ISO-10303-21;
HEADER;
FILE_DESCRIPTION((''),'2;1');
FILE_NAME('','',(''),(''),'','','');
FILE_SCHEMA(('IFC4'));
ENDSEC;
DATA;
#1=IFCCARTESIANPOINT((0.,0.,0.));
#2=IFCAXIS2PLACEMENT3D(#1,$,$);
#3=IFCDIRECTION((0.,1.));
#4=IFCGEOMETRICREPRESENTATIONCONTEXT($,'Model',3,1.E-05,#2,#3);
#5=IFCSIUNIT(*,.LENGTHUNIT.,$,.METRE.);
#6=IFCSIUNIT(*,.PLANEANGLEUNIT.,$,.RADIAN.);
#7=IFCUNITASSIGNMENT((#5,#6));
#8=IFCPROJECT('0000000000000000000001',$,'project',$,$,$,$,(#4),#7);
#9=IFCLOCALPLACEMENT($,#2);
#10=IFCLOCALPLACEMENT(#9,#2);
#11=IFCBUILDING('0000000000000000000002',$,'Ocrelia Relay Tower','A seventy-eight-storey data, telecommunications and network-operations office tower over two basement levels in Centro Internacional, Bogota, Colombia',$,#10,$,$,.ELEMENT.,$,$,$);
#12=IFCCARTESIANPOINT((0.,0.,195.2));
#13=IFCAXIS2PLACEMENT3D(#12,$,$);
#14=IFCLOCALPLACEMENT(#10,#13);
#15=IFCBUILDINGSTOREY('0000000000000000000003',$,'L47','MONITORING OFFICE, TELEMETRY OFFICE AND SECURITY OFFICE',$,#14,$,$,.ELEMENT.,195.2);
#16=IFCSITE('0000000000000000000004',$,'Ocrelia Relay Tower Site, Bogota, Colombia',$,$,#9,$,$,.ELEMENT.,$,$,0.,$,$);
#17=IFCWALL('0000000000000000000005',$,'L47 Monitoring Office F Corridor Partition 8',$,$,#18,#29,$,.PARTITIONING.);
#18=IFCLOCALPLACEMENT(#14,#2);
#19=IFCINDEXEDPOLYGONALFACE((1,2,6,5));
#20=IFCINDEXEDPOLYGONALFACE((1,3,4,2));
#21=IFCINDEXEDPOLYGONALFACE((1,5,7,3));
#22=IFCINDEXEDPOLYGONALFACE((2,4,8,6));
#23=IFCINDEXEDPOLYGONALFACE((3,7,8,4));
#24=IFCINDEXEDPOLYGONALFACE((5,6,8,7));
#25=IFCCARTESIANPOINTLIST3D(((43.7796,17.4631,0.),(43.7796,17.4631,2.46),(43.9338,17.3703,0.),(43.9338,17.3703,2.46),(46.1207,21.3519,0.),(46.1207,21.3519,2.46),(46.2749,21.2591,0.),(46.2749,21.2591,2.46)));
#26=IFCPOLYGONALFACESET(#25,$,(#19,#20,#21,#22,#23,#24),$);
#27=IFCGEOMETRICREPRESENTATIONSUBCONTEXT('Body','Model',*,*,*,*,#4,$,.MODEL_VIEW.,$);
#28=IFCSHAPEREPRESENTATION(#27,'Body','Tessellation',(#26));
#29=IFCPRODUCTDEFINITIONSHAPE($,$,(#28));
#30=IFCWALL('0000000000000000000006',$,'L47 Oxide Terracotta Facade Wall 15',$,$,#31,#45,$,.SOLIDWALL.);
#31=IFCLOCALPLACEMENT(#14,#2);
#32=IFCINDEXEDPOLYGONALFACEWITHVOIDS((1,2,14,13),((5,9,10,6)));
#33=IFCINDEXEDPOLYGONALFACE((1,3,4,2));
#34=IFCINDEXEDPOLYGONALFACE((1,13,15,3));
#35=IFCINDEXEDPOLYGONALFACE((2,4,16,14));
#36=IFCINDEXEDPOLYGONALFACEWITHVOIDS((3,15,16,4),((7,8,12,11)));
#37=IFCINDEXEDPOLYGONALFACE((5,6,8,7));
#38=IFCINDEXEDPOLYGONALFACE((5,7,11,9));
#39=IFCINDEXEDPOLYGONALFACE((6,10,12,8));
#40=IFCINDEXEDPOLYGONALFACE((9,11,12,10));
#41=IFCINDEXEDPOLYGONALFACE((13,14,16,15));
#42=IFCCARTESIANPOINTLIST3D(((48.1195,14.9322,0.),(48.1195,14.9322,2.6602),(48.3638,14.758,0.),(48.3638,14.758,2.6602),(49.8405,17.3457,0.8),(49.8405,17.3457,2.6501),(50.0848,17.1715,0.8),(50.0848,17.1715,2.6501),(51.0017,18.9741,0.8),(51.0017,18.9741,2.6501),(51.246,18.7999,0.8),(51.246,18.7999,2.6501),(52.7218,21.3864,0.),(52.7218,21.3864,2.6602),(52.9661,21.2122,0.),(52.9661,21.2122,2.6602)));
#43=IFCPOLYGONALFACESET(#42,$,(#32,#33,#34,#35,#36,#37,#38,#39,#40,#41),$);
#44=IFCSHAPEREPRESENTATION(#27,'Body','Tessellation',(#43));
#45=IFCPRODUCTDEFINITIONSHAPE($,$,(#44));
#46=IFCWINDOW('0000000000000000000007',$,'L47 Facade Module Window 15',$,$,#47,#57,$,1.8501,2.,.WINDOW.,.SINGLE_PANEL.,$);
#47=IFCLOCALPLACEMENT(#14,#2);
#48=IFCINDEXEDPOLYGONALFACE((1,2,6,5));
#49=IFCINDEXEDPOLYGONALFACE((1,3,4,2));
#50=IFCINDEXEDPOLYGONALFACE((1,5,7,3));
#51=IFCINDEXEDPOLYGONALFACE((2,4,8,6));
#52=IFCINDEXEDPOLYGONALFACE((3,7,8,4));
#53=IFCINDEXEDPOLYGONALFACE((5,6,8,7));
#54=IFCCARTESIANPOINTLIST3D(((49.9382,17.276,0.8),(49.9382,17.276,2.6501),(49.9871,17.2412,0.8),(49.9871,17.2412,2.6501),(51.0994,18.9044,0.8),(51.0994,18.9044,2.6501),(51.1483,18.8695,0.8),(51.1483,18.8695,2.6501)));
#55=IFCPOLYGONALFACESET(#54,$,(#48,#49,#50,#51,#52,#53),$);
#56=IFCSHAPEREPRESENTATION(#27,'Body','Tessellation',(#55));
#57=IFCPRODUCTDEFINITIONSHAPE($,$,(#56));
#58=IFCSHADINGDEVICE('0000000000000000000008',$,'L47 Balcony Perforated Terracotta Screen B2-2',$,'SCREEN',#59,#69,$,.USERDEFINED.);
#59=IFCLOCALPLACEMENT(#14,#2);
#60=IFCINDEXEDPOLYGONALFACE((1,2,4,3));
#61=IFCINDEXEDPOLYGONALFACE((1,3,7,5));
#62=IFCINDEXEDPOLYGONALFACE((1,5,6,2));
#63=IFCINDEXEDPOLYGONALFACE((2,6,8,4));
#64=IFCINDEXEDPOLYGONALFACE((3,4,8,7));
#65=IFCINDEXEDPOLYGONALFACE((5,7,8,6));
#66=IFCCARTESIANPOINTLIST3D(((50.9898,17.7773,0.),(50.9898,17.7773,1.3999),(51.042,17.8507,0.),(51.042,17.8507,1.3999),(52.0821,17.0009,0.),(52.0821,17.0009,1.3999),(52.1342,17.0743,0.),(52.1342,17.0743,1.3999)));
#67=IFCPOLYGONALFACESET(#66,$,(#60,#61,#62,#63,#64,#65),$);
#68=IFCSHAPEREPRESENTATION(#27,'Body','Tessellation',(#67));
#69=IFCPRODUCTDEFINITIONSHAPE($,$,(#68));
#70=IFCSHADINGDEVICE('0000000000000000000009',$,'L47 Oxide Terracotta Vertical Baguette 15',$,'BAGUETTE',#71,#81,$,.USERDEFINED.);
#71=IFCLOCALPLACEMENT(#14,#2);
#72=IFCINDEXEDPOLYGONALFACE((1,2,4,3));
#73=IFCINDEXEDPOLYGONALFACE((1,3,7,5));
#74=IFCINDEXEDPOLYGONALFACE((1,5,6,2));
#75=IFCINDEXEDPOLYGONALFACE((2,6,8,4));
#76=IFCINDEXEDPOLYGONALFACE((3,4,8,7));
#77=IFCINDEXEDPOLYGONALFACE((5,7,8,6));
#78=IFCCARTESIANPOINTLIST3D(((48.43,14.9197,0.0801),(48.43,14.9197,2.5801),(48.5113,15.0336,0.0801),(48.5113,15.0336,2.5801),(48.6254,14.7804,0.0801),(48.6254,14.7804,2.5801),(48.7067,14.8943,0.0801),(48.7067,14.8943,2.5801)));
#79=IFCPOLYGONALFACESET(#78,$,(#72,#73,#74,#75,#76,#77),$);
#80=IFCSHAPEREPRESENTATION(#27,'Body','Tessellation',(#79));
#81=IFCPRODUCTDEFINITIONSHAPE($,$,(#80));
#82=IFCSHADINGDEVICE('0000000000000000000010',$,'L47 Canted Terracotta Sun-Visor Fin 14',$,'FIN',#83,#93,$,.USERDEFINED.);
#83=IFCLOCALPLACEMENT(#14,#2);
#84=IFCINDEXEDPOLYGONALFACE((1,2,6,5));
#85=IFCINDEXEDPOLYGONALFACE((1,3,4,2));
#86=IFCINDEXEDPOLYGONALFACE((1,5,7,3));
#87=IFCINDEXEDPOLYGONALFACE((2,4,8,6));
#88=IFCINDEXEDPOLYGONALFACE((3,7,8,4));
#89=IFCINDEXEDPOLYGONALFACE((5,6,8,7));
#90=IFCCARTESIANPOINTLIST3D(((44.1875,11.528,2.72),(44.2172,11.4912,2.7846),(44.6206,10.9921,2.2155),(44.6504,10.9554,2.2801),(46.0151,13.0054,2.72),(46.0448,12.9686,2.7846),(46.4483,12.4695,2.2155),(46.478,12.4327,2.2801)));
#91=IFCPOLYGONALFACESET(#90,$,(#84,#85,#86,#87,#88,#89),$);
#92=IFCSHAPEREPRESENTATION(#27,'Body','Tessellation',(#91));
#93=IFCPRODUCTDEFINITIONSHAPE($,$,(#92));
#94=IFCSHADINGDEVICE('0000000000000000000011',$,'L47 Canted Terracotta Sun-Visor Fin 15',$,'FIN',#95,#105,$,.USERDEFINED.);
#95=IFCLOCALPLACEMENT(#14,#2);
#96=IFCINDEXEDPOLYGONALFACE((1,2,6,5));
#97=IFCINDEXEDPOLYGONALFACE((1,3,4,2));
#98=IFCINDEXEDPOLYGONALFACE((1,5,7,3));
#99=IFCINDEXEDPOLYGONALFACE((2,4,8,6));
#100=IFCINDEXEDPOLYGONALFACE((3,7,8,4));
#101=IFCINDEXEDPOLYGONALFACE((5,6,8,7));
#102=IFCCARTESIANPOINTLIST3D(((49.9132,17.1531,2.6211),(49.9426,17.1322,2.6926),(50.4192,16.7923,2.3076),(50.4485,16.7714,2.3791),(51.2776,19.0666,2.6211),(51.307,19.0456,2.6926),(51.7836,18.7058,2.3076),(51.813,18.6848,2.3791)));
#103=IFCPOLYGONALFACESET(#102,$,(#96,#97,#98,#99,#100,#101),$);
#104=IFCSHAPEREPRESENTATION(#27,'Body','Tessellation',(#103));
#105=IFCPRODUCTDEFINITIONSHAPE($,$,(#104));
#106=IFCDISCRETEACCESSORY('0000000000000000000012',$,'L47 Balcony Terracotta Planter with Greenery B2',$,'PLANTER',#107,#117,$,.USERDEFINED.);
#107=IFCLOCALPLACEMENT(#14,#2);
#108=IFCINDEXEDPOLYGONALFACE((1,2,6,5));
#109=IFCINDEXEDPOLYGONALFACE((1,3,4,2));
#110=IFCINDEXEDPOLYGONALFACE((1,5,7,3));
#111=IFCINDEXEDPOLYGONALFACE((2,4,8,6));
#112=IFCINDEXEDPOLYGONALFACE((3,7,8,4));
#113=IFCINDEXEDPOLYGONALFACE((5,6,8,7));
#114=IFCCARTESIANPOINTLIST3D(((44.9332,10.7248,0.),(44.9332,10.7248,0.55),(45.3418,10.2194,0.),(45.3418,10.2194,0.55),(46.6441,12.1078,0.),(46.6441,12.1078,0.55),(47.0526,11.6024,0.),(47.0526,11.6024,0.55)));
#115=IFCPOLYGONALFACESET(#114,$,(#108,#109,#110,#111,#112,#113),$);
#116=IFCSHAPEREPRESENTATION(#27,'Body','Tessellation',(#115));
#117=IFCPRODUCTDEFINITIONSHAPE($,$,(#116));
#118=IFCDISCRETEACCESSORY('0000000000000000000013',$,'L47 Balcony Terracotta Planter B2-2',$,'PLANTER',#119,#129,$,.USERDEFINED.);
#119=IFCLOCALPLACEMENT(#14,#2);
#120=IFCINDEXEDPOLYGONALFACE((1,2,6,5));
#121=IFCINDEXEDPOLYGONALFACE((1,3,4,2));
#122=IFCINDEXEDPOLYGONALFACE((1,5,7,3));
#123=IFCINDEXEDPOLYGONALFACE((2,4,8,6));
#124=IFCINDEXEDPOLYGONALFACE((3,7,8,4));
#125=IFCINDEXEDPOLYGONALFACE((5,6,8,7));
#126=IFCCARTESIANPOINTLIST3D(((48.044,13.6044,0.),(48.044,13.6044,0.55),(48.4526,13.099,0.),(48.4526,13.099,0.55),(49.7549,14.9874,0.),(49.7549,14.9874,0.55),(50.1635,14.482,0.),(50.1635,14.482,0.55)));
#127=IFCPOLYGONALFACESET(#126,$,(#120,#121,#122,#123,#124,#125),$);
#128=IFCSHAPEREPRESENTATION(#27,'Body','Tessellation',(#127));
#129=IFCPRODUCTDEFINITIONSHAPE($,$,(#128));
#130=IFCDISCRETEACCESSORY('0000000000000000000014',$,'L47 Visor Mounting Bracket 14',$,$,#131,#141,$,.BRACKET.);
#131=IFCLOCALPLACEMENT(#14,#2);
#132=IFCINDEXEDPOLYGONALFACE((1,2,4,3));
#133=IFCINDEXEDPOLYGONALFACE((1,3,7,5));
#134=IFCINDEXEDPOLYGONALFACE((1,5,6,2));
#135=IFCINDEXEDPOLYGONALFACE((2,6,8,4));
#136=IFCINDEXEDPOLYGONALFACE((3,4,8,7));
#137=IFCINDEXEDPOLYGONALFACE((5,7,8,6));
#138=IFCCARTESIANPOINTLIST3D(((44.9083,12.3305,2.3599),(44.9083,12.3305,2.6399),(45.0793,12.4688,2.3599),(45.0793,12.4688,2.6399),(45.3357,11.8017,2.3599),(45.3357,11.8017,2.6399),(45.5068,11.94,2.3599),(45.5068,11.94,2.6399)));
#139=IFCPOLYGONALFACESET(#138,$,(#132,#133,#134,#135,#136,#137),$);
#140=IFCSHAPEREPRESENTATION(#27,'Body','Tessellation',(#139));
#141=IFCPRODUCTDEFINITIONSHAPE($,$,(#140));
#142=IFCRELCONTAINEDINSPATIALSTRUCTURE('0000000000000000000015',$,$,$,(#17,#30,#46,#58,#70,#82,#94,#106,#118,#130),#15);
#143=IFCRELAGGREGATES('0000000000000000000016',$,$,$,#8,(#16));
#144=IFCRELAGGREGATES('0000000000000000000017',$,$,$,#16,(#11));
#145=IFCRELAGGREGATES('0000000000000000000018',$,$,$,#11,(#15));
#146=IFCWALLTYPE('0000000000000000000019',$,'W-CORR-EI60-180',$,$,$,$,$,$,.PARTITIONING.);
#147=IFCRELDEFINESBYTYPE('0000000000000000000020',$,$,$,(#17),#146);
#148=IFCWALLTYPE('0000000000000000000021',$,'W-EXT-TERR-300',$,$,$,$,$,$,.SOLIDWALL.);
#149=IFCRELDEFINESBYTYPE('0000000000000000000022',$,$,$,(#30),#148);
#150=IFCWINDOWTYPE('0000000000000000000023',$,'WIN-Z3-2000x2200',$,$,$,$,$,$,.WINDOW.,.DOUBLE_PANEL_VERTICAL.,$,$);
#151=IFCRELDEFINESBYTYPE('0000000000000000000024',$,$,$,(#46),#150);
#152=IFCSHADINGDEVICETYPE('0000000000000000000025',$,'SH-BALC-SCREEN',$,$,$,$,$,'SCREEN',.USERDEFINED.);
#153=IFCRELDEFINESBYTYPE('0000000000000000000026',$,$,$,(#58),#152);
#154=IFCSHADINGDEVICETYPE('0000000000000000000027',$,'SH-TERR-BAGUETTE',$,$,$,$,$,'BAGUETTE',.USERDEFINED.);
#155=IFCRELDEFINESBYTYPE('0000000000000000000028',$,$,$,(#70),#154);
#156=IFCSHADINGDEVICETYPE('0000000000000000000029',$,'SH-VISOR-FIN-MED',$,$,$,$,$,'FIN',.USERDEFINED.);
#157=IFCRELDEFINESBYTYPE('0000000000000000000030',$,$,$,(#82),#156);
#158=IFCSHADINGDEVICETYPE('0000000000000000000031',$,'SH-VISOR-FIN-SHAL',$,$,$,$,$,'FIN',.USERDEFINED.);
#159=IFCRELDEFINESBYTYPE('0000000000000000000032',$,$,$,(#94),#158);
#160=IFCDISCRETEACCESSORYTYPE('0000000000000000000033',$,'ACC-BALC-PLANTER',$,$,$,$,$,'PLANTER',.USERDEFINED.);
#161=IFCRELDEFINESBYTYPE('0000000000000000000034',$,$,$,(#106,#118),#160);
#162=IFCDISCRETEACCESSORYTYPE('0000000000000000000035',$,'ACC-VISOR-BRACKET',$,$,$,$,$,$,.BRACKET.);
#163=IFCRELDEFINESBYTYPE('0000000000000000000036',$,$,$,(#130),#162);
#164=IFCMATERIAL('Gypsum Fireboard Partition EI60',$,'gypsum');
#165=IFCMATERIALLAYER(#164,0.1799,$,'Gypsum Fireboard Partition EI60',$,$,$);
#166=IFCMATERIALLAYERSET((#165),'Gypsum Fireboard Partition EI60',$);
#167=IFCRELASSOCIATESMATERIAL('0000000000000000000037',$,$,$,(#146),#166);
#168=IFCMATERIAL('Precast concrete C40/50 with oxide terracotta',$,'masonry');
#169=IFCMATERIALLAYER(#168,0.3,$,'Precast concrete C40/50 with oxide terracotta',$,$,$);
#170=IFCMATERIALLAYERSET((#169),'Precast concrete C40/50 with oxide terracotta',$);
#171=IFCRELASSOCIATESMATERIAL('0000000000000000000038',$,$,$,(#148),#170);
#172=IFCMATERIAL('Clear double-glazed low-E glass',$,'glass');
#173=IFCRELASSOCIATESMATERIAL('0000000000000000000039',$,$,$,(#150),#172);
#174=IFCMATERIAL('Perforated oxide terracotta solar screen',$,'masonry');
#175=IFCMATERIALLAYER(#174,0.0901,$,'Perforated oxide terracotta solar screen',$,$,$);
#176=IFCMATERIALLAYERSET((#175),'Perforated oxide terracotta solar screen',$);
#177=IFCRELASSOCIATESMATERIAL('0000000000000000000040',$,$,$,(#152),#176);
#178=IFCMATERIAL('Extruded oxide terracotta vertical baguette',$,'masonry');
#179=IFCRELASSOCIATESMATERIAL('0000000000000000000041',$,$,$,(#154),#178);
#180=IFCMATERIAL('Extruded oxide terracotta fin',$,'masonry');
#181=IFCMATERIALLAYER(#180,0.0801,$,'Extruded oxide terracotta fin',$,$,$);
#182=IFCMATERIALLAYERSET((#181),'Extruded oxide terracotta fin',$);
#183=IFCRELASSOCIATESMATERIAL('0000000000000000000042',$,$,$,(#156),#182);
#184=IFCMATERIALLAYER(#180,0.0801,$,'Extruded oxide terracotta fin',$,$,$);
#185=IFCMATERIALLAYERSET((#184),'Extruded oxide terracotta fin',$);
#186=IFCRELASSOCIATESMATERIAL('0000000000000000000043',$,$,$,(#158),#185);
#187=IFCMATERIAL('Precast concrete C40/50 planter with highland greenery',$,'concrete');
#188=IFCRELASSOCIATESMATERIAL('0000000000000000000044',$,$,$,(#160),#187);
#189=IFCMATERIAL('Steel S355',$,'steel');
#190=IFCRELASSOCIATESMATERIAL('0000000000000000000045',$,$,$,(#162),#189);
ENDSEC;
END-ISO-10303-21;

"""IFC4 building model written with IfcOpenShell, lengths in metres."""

from ifc_helpers import new_model, si_unit, direction, frame, frame_2d, origin, origin_2d, place, context, subcontext, project, spatial, rectangle, extrude, material, layer, layer_set, type_object, element, fill, save


model = new_model("IFC4")

# Units and contexts
model_context = context("Model", 3, precision=1e-05, world=origin(), true_north=direction((0.0, 1.0)))
body_context = subcontext(model_context, "Body", "Model", "MODEL_VIEW")
ifc_project = project(units=[si_unit("LENGTHUNIT", "METRE"), si_unit("PLANEANGLEUNIT", "RADIAN")], contexts=[model_context])

# Site, building, storey
site_placement = place(None, origin())
site = spatial("IfcSite", under=ifc_project, at=site_placement, Name="Ocrelia Relay Tower Site, Bogota, Colombia", CompositionType="ELEMENT", RefElevation=0.0)
building_placement = place(site_placement, origin())
building = spatial("IfcBuilding", under=site, at=building_placement, Name="Ocrelia Relay Tower", Description="A seventy-eight-storey data, telecommunications and network-operations office tower over two basement levels in Centro Internacional, Bogota, Colombia", CompositionType="ELEMENT")
storey_placement = place(building_placement, frame((0.0, 0.0, 195.2)))
storey = spatial("IfcBuildingStorey", under=building, at=storey_placement, Name="L47", Description="MONITORING OFFICE, TELEMETRY OFFICE AND SECURITY OFFICE", CompositionType="ELEMENT", Elevation=195.2)

# Shared definitions
ifc_material_1 = material(Name="Steel S355", Category="steel")

# Wall
ifc_material_2 = material(Name="Gypsum Fireboard Partition EI60", Category="gypsum")
ifc_layer_1 = layer(ifc_material_2, 0.1799, Name="Gypsum Fireboard Partition EI60")
ifc_layer_set_1 = layer_set([ifc_layer_1], Name="Gypsum Fireboard Partition EI60")
wall_type_1 = type_object("IfcWallType", Name="W-CORR-EI60-180", PredefinedType="PARTITIONING", material=ifc_layer_set_1)
wall_1_placement = place(storey_placement, frame((43.8567, 17.4167, 0.0), z_axis=(0.0, 0.0, 1.0), x_axis=(0.515769, 0.856728, 0.0)))
element("IfcWall", 1, at=wall_1_placement, inside=storey, type_object=wall_type_1, Name="L47 Monitoring Office F Corridor Partition 8", PredefinedType="PARTITIONING", context=body_context, shape_type="SweptSolid", body=[
    extrude(rectangle(XDim=4.5391, YDim=0.1799, at=frame_2d((2.2695, 0.0))), origin(), (0.0, 0.0, 1.0), 2.46),
])

# Wall, opening, window
ifc_material_3 = material(Name="Precast concrete C40/50 with oxide terracotta", Category="masonry")
ifc_layer_2 = layer(ifc_material_3, 0.3, Name="Precast concrete C40/50 with oxide terracotta")
ifc_layer_set_2 = layer_set([ifc_layer_2], Name="Precast concrete C40/50 with oxide terracotta")
wall_type_2 = type_object("IfcWallType", Name="W-EXT-TERR-300", PredefinedType="SOLIDWALL", material=ifc_layer_set_2)
wall_2_placement = place(storey_placement, frame((48.2417, 14.8452, 0.0), z_axis=(0.0, 0.0, 1.0), x_axis=(0.580588, 0.814197, 0.0)))
wall_2 = element("IfcWall", 2, at=wall_2_placement, inside=storey, type_object=wall_type_2, Name="L47 Oxide Terracotta Facade Wall 15", PredefinedType="SOLIDWALL", context=body_context, shape_type="SweptSolid", body=[
    extrude(rectangle(XDim=7.927, YDim=0.3, at=frame_2d((3.9634, 0.0))), origin(), (0.0, 0.0, 1.0), 2.6602),
])
opening_placement = place(wall_2_placement, frame((2.9641, 0.0, 0.8)))
opening = element("IfcOpeningElement", 3, at=opening_placement, cuts=wall_2, PredefinedType="OPENING", context=body_context, shape_type="SweptSolid", body=[
    extrude(rectangle(XDim=2.0, YDim=1.8501, at=frame_2d((1.0, 0.925))), frame((0.0, 0.1602, 0.0), z_axis=(0.0, -1.0, 0.0), x_axis=(1.0, 0.0, 0.0)), (0.0, 0.0, 1.0), 0.3201),
])
ifc_material_4 = material(Name="Clear double-glazed low-E glass", Category="glass")
window_type = type_object("IfcWindowType", Name="WIN-Z3-2000x2200", PartitioningType="DOUBLE_PANEL_VERTICAL", PredefinedType="WINDOW", material=ifc_material_4)
window_placement = place(opening_placement, origin())
window = element("IfcWindow", 4, at=window_placement, inside=storey, type_object=window_type, Name="L47 Facade Module Window 15", OverallHeight=1.8501, OverallWidth=2.0, PartitioningType="SINGLE_PANEL", PredefinedType="WINDOW", context=body_context, shape_type="SweptSolid", body=[
    extrude(rectangle(XDim=2.0, YDim=1.8501, at=frame_2d((1.0, 0.925))), frame((0.0, 0.03, 0.0), z_axis=(0.0, -1.0, 0.0), x_axis=(1.0, 0.0, 0.0)), (0.0, 0.0, 1.0), 0.0601),
])
fill(opening, window)

# Shading devices
ifc_material_5 = material(Name="Perforated oxide terracotta solar screen", Category="masonry")
ifc_layer_3 = layer(ifc_material_5, 0.0901, Name="Perforated oxide terracotta solar screen")
ifc_layer_set_3 = layer_set([ifc_layer_3], Name="Perforated oxide terracotta solar screen")
shading_device_type_1 = type_object("IfcShadingDeviceType", Name="SH-BALC-SCREEN", ElementType="SCREEN", PredefinedType="USERDEFINED", material=ifc_layer_set_3)
shading_device_1_placement = place(storey_placement, frame((51.562, 17.4258, 0.0), z_axis=(0.0, 0.0, 1.0), x_axis=(0.815084, -0.579343, 0.0)))
element("IfcShadingDevice", 5, at=shading_device_1_placement, inside=storey, type_object=shading_device_type_1, Name="L47 Balcony Perforated Terracotta Screen B2-2", ObjectType="SCREEN", PredefinedType="USERDEFINED", context=body_context, shape_type="SweptSolid", body=[
    extrude(rectangle(XDim=1.3401, YDim=0.0901, at=origin_2d()), origin(), (0.0, 0.0, 1.0), 1.3999),
])
ifc_material_6 = material(Name="Extruded oxide terracotta vertical baguette", Category="masonry")
shading_device_type_2 = type_object("IfcShadingDeviceType", Name="SH-TERR-BAGUETTE", ElementType="BAGUETTE", PredefinedType="USERDEFINED", material=ifc_material_6)
shading_device_2_placement = place(storey_placement, frame((48.5684, 14.907, 0.0801), z_axis=(0.0, 0.0, 1.0), x_axis=(0.580583, 0.814201, 0.0)))
element("IfcShadingDevice", 6, at=shading_device_2_placement, inside=storey, type_object=shading_device_type_2, Name="L47 Oxide Terracotta Vertical Baguette 15", ObjectType="BAGUETTE", PredefinedType="USERDEFINED", context=body_context, shape_type="SweptSolid", body=[
    extrude(rectangle(XDim=0.1399, YDim=0.24, at=origin_2d()), origin(), (0.0, 0.0, 1.0), 2.5),
])
ifc_material_7 = material(Name="Extruded oxide terracotta fin", Category="masonry")
ifc_layer_4 = layer(ifc_material_7, 0.0801, Name="Extruded oxide terracotta fin")
ifc_layer_set_4 = layer_set([ifc_layer_4], Name="Extruded oxide terracotta fin")
shading_device_type_3 = type_object("IfcShadingDeviceType", Name="SH-VISOR-FIN-MED", ElementType="FIN", PredefinedType="USERDEFINED", material=ifc_layer_set_4)
shading_device_3_placement = place(storey_placement, frame((45.3179, 11.9988, 2.4678), z_axis=(0.371373, -0.459417, 0.806857), x_axis=(0.777688, 0.62865, 0.0)))
element("IfcShadingDevice", 7, at=shading_device_3_placement, inside=storey, type_object=shading_device_type_3, Name="L47 Canted Terracotta Sun-Visor Fin 14", ObjectType="FIN", PredefinedType="USERDEFINED", context=body_context, shape_type="SweptSolid", body=[
    extrude(rectangle(XDim=2.3501, YDim=0.854, at=origin_2d()), origin(), (0.0, 0.0, 1.0), 0.0801),
])
ifc_layer_5 = layer(ifc_material_7, 0.0801, Name="Extruded oxide terracotta fin")
ifc_layer_set_5 = layer_set([ifc_layer_5], Name="Extruded oxide terracotta fin")
shading_device_type_4 = type_object("IfcShadingDeviceType", Name="SH-VISOR-FIN-SHAL", ElementType="FIN", PredefinedType="USERDEFINED", material=ifc_layer_set_5)
shading_device_4_placement = place(storey_placement, frame((50.8484, 17.9294, 2.4644), z_axis=(0.366724, -0.2615, 0.892822), x_axis=(0.580583, 0.814201, 0.0)))
element("IfcShadingDevice", 8, at=shading_device_4_placement, inside=storey, type_object=shading_device_type_4, Name="L47 Canted Terracotta Sun-Visor Fin 15", ObjectType="FIN", PredefinedType="USERDEFINED", context=body_context, shape_type="SweptSolid", body=[
    extrude(rectangle(XDim=2.3501, YDim=0.696, at=origin_2d()), origin(), (0.0, 0.0, 1.0), 0.0801),
])

# Discrete accessories
ifc_material_8 = material(Name="Precast concrete C40/50 planter with highland greenery", Category="concrete")
discrete_accessory_type_1 = type_object("IfcDiscreteAccessoryType", Name="ACC-BALC-PLANTER", ElementType="PLANTER", PredefinedType="USERDEFINED", material=ifc_material_8)
for number, where, z_axis, x_axis, name in (
    (9, (45.9929, 11.1636, 0.0), (0.0, 0.0, 1.0), (-0.777689, -0.628649, 0.0), "L47 Balcony Terracotta Planter with Greenery B2"),
    (10, (49.1038, 14.0432, 0.0), (0.0, 0.0, 1.0), (-0.777689, -0.628649, 0.0), "L47 Balcony Terracotta Planter B2-2"),
):
    element("IfcDiscreteAccessory", number, at=place(storey_placement, frame(where, z_axis=z_axis, x_axis=x_axis)), inside=storey, type_object=discrete_accessory_type_1, Name=name, ObjectType="PLANTER", PredefinedType="USERDEFINED", context=body_context, shape_type="SweptSolid", body=[
        extrude(rectangle(XDim=2.2, YDim=0.6499, at=origin_2d()), origin(), (0.0, 0.0, 1.0), 0.55),
    ])
discrete_accessory_type_2 = type_object("IfcDiscreteAccessoryType", Name="ACC-VISOR-BRACKET", PredefinedType="BRACKET", material=ifc_material_1)
discrete_accessory_placement = place(storey_placement, frame((45.2075, 12.1353, 2.3599), z_axis=(0.0, 0.0, 1.0), x_axis=(0.777688, 0.62865, 0.0)))
element("IfcDiscreteAccessory", 11, at=discrete_accessory_placement, inside=storey, type_object=discrete_accessory_type_2, Name="L47 Visor Mounting Bracket 14", PredefinedType="BRACKET", context=body_context, shape_type="SweptSolid", body=[
    extrude(rectangle(XDim=0.22, YDim=0.6799, at=origin_2d()), origin(), (0.0, 0.0, 1.0), 0.28),
])

save(model, "model.ifc")
